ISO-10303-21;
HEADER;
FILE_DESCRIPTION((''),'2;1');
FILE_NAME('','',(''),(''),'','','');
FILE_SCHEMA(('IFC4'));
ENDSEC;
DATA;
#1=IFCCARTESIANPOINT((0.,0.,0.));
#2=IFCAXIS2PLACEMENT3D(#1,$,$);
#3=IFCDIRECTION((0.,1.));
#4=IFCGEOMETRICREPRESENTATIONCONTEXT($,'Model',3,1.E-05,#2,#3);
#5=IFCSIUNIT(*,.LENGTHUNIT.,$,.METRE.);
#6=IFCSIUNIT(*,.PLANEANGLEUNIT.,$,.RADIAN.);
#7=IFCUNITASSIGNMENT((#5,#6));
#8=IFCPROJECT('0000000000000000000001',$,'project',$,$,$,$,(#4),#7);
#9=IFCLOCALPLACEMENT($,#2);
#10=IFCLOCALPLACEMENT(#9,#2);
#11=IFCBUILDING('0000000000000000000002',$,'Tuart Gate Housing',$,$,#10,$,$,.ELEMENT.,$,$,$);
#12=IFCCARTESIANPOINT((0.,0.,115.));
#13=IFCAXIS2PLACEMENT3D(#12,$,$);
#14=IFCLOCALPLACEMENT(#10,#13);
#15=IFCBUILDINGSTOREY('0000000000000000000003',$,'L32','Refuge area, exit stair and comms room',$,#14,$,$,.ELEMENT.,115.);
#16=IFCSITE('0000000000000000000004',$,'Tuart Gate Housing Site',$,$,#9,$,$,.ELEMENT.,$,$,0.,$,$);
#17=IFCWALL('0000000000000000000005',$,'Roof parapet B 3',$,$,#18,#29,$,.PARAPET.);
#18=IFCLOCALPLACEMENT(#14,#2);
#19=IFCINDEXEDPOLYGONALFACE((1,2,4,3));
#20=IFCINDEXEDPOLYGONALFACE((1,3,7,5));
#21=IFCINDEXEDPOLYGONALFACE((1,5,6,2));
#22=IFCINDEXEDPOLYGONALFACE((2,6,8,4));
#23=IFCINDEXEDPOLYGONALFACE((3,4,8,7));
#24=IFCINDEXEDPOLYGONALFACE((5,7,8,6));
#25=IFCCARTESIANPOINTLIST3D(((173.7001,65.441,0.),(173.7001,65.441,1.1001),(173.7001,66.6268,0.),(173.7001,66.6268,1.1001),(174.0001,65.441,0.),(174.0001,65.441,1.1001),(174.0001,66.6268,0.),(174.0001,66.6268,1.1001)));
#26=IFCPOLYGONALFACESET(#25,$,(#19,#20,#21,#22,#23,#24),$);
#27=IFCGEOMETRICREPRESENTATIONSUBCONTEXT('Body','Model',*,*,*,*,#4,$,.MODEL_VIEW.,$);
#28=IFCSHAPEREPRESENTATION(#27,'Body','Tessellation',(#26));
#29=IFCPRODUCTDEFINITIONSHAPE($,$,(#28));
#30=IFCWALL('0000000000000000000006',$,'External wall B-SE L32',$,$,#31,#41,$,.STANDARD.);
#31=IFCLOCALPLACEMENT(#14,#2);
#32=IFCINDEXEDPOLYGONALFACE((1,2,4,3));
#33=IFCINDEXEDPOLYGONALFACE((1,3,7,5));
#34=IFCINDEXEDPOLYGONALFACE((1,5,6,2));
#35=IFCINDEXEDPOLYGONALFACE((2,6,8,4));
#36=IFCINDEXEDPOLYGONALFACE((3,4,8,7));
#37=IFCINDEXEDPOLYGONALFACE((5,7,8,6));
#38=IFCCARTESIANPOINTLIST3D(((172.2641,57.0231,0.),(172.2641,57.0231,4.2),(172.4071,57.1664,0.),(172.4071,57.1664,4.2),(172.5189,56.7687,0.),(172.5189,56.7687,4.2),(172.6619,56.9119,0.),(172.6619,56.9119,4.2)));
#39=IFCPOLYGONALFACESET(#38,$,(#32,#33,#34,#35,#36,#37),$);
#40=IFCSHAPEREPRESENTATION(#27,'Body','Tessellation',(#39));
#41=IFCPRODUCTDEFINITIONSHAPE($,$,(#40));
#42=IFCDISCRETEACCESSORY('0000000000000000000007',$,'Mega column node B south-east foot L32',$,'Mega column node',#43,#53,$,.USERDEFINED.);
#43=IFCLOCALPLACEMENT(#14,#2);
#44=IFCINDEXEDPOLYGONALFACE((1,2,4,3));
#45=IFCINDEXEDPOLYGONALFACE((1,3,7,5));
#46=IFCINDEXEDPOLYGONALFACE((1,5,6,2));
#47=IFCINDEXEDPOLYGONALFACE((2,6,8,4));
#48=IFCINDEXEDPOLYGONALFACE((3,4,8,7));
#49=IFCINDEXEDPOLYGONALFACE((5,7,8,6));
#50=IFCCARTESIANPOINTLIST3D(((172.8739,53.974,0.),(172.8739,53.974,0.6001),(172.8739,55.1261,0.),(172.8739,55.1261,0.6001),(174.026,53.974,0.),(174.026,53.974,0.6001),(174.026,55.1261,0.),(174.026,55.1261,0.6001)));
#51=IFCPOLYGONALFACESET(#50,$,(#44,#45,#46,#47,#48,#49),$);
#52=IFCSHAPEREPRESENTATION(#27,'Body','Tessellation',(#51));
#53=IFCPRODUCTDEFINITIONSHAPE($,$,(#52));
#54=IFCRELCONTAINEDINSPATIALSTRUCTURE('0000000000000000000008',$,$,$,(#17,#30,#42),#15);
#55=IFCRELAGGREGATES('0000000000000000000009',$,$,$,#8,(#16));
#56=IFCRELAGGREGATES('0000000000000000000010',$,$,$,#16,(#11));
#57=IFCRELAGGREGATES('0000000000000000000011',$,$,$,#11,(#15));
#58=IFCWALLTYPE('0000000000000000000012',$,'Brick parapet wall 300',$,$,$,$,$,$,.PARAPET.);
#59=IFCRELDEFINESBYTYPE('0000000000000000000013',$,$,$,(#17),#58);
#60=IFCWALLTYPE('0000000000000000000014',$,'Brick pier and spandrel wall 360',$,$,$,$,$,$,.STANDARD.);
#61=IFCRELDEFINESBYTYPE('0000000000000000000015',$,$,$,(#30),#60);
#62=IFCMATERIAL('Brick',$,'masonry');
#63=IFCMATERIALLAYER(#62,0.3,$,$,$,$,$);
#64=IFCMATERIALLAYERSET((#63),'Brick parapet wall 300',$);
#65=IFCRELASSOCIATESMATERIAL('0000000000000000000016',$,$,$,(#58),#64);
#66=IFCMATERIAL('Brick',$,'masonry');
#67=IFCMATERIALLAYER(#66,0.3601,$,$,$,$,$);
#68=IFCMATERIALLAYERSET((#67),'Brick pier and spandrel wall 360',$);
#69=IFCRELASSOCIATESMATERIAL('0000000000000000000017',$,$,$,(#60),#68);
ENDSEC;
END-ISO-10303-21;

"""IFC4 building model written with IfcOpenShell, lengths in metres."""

from ifc_helpers import new_model, si_unit, direction, frame, frame_2d, origin, origin_2d, place, context, subcontext, project, spatial, rectangle, extrude, material, layer, layer_set, type_object, element, save


model = new_model("IFC4")

# Units and contexts
model_context = context("Model", 3, precision=1e-05, world=origin(), true_north=direction((0.0, 1.0)))
body_context = subcontext(model_context, "Body", "Model", "MODEL_VIEW")
ifc_project = project(units=[si_unit("LENGTHUNIT", "METRE"), si_unit("PLANEANGLEUNIT", "RADIAN")], contexts=[model_context])

# Site, building, storey
site_placement = place(None, origin())
site = spatial("IfcSite", under=ifc_project, at=site_placement, Name="Tuart Gate Housing Site", CompositionType="ELEMENT", RefElevation=0.0)
building_placement = place(site_placement, origin())
building = spatial("IfcBuilding", under=site, at=building_placement, Name="Tuart Gate Housing", CompositionType="ELEMENT")
storey_placement = place(building_placement, frame((0.0, 0.0, 115.0)))
storey = spatial("IfcBuildingStorey", under=building, at=storey_placement, Name="L32", Description="Refuge area, exit stair and comms room", CompositionType="ELEMENT", Elevation=115.0)

# Walls
ifc_material_1 = material(Name="Brick", Category="masonry")
ifc_layer_1 = layer(ifc_material_1, 0.3)
ifc_layer_set_1 = layer_set([ifc_layer_1], Name="Brick parapet wall 300")
wall_type_1 = type_object("IfcWallType", Name="Brick parapet wall 300", PredefinedType="PARAPET", material=ifc_layer_set_1)
wall_1_placement = place(storey_placement, frame((173.8501, 65.4412, 0.0), z_axis=(0.0, 0.0, 1.0), x_axis=(0.0, 1.0, 0.0)))
element("IfcWall", 1, at=wall_1_placement, inside=storey, type_object=wall_type_1, Name="Roof parapet B 3", PredefinedType="PARAPET", context=body_context, shape_type="SweptSolid", body=[
    extrude(rectangle(XDim=1.1858, YDim=0.3, at=frame_2d((0.5928, 0.0))), origin(), (0.0, 0.0, 1.0), 1.1001),
])
ifc_material_2 = material(Name="Brick", Category="masonry")
ifc_layer_2 = layer(ifc_material_2, 0.3601)
ifc_layer_set_2 = layer_set([ifc_layer_2], Name="Brick pier and spandrel wall 360")
wall_type_2 = type_object("IfcWallType", Name="Brick pier and spandrel wall 360", PredefinedType="STANDARD", material=ifc_layer_set_2)
wall_2_placement = place(storey_placement, frame((172.3916, 56.896, 0.0), z_axis=(0.0, 0.0, 1.0), x_axis=(0.706504, 0.707709, 0.0)))
element("IfcWall", 2, at=wall_2_placement, inside=storey, type_object=wall_type_2, Name="External wall B-SE L32", PredefinedType="STANDARD", context=body_context, shape_type="SweptSolid", body=[
    extrude(rectangle(XDim=0.2024, YDim=0.3601, at=frame_2d((0.1011, 0.0))), origin(), (0.0, 0.0, 1.0), 4.2),
])

# Discrete accessory
discrete_accessory_placement = place(storey_placement, frame((173.45, 54.55, 0.0), z_axis=(0.0, 0.0, 1.0), x_axis=(1.0, 0.0, 0.0)))
element("IfcDiscreteAccessory", 3, at=discrete_accessory_placement, inside=storey, Name="Mega column node B south-east foot L32", ObjectType="Mega column node", PredefinedType="USERDEFINED", context=body_context, shape_type="SweptSolid", body=[
    extrude(rectangle(XDim=1.1521, YDim=1.1521, at=origin_2d()), origin(), (0.0, 0.0, 1.0), 0.6001),
])

save(model, "model.ifc")
